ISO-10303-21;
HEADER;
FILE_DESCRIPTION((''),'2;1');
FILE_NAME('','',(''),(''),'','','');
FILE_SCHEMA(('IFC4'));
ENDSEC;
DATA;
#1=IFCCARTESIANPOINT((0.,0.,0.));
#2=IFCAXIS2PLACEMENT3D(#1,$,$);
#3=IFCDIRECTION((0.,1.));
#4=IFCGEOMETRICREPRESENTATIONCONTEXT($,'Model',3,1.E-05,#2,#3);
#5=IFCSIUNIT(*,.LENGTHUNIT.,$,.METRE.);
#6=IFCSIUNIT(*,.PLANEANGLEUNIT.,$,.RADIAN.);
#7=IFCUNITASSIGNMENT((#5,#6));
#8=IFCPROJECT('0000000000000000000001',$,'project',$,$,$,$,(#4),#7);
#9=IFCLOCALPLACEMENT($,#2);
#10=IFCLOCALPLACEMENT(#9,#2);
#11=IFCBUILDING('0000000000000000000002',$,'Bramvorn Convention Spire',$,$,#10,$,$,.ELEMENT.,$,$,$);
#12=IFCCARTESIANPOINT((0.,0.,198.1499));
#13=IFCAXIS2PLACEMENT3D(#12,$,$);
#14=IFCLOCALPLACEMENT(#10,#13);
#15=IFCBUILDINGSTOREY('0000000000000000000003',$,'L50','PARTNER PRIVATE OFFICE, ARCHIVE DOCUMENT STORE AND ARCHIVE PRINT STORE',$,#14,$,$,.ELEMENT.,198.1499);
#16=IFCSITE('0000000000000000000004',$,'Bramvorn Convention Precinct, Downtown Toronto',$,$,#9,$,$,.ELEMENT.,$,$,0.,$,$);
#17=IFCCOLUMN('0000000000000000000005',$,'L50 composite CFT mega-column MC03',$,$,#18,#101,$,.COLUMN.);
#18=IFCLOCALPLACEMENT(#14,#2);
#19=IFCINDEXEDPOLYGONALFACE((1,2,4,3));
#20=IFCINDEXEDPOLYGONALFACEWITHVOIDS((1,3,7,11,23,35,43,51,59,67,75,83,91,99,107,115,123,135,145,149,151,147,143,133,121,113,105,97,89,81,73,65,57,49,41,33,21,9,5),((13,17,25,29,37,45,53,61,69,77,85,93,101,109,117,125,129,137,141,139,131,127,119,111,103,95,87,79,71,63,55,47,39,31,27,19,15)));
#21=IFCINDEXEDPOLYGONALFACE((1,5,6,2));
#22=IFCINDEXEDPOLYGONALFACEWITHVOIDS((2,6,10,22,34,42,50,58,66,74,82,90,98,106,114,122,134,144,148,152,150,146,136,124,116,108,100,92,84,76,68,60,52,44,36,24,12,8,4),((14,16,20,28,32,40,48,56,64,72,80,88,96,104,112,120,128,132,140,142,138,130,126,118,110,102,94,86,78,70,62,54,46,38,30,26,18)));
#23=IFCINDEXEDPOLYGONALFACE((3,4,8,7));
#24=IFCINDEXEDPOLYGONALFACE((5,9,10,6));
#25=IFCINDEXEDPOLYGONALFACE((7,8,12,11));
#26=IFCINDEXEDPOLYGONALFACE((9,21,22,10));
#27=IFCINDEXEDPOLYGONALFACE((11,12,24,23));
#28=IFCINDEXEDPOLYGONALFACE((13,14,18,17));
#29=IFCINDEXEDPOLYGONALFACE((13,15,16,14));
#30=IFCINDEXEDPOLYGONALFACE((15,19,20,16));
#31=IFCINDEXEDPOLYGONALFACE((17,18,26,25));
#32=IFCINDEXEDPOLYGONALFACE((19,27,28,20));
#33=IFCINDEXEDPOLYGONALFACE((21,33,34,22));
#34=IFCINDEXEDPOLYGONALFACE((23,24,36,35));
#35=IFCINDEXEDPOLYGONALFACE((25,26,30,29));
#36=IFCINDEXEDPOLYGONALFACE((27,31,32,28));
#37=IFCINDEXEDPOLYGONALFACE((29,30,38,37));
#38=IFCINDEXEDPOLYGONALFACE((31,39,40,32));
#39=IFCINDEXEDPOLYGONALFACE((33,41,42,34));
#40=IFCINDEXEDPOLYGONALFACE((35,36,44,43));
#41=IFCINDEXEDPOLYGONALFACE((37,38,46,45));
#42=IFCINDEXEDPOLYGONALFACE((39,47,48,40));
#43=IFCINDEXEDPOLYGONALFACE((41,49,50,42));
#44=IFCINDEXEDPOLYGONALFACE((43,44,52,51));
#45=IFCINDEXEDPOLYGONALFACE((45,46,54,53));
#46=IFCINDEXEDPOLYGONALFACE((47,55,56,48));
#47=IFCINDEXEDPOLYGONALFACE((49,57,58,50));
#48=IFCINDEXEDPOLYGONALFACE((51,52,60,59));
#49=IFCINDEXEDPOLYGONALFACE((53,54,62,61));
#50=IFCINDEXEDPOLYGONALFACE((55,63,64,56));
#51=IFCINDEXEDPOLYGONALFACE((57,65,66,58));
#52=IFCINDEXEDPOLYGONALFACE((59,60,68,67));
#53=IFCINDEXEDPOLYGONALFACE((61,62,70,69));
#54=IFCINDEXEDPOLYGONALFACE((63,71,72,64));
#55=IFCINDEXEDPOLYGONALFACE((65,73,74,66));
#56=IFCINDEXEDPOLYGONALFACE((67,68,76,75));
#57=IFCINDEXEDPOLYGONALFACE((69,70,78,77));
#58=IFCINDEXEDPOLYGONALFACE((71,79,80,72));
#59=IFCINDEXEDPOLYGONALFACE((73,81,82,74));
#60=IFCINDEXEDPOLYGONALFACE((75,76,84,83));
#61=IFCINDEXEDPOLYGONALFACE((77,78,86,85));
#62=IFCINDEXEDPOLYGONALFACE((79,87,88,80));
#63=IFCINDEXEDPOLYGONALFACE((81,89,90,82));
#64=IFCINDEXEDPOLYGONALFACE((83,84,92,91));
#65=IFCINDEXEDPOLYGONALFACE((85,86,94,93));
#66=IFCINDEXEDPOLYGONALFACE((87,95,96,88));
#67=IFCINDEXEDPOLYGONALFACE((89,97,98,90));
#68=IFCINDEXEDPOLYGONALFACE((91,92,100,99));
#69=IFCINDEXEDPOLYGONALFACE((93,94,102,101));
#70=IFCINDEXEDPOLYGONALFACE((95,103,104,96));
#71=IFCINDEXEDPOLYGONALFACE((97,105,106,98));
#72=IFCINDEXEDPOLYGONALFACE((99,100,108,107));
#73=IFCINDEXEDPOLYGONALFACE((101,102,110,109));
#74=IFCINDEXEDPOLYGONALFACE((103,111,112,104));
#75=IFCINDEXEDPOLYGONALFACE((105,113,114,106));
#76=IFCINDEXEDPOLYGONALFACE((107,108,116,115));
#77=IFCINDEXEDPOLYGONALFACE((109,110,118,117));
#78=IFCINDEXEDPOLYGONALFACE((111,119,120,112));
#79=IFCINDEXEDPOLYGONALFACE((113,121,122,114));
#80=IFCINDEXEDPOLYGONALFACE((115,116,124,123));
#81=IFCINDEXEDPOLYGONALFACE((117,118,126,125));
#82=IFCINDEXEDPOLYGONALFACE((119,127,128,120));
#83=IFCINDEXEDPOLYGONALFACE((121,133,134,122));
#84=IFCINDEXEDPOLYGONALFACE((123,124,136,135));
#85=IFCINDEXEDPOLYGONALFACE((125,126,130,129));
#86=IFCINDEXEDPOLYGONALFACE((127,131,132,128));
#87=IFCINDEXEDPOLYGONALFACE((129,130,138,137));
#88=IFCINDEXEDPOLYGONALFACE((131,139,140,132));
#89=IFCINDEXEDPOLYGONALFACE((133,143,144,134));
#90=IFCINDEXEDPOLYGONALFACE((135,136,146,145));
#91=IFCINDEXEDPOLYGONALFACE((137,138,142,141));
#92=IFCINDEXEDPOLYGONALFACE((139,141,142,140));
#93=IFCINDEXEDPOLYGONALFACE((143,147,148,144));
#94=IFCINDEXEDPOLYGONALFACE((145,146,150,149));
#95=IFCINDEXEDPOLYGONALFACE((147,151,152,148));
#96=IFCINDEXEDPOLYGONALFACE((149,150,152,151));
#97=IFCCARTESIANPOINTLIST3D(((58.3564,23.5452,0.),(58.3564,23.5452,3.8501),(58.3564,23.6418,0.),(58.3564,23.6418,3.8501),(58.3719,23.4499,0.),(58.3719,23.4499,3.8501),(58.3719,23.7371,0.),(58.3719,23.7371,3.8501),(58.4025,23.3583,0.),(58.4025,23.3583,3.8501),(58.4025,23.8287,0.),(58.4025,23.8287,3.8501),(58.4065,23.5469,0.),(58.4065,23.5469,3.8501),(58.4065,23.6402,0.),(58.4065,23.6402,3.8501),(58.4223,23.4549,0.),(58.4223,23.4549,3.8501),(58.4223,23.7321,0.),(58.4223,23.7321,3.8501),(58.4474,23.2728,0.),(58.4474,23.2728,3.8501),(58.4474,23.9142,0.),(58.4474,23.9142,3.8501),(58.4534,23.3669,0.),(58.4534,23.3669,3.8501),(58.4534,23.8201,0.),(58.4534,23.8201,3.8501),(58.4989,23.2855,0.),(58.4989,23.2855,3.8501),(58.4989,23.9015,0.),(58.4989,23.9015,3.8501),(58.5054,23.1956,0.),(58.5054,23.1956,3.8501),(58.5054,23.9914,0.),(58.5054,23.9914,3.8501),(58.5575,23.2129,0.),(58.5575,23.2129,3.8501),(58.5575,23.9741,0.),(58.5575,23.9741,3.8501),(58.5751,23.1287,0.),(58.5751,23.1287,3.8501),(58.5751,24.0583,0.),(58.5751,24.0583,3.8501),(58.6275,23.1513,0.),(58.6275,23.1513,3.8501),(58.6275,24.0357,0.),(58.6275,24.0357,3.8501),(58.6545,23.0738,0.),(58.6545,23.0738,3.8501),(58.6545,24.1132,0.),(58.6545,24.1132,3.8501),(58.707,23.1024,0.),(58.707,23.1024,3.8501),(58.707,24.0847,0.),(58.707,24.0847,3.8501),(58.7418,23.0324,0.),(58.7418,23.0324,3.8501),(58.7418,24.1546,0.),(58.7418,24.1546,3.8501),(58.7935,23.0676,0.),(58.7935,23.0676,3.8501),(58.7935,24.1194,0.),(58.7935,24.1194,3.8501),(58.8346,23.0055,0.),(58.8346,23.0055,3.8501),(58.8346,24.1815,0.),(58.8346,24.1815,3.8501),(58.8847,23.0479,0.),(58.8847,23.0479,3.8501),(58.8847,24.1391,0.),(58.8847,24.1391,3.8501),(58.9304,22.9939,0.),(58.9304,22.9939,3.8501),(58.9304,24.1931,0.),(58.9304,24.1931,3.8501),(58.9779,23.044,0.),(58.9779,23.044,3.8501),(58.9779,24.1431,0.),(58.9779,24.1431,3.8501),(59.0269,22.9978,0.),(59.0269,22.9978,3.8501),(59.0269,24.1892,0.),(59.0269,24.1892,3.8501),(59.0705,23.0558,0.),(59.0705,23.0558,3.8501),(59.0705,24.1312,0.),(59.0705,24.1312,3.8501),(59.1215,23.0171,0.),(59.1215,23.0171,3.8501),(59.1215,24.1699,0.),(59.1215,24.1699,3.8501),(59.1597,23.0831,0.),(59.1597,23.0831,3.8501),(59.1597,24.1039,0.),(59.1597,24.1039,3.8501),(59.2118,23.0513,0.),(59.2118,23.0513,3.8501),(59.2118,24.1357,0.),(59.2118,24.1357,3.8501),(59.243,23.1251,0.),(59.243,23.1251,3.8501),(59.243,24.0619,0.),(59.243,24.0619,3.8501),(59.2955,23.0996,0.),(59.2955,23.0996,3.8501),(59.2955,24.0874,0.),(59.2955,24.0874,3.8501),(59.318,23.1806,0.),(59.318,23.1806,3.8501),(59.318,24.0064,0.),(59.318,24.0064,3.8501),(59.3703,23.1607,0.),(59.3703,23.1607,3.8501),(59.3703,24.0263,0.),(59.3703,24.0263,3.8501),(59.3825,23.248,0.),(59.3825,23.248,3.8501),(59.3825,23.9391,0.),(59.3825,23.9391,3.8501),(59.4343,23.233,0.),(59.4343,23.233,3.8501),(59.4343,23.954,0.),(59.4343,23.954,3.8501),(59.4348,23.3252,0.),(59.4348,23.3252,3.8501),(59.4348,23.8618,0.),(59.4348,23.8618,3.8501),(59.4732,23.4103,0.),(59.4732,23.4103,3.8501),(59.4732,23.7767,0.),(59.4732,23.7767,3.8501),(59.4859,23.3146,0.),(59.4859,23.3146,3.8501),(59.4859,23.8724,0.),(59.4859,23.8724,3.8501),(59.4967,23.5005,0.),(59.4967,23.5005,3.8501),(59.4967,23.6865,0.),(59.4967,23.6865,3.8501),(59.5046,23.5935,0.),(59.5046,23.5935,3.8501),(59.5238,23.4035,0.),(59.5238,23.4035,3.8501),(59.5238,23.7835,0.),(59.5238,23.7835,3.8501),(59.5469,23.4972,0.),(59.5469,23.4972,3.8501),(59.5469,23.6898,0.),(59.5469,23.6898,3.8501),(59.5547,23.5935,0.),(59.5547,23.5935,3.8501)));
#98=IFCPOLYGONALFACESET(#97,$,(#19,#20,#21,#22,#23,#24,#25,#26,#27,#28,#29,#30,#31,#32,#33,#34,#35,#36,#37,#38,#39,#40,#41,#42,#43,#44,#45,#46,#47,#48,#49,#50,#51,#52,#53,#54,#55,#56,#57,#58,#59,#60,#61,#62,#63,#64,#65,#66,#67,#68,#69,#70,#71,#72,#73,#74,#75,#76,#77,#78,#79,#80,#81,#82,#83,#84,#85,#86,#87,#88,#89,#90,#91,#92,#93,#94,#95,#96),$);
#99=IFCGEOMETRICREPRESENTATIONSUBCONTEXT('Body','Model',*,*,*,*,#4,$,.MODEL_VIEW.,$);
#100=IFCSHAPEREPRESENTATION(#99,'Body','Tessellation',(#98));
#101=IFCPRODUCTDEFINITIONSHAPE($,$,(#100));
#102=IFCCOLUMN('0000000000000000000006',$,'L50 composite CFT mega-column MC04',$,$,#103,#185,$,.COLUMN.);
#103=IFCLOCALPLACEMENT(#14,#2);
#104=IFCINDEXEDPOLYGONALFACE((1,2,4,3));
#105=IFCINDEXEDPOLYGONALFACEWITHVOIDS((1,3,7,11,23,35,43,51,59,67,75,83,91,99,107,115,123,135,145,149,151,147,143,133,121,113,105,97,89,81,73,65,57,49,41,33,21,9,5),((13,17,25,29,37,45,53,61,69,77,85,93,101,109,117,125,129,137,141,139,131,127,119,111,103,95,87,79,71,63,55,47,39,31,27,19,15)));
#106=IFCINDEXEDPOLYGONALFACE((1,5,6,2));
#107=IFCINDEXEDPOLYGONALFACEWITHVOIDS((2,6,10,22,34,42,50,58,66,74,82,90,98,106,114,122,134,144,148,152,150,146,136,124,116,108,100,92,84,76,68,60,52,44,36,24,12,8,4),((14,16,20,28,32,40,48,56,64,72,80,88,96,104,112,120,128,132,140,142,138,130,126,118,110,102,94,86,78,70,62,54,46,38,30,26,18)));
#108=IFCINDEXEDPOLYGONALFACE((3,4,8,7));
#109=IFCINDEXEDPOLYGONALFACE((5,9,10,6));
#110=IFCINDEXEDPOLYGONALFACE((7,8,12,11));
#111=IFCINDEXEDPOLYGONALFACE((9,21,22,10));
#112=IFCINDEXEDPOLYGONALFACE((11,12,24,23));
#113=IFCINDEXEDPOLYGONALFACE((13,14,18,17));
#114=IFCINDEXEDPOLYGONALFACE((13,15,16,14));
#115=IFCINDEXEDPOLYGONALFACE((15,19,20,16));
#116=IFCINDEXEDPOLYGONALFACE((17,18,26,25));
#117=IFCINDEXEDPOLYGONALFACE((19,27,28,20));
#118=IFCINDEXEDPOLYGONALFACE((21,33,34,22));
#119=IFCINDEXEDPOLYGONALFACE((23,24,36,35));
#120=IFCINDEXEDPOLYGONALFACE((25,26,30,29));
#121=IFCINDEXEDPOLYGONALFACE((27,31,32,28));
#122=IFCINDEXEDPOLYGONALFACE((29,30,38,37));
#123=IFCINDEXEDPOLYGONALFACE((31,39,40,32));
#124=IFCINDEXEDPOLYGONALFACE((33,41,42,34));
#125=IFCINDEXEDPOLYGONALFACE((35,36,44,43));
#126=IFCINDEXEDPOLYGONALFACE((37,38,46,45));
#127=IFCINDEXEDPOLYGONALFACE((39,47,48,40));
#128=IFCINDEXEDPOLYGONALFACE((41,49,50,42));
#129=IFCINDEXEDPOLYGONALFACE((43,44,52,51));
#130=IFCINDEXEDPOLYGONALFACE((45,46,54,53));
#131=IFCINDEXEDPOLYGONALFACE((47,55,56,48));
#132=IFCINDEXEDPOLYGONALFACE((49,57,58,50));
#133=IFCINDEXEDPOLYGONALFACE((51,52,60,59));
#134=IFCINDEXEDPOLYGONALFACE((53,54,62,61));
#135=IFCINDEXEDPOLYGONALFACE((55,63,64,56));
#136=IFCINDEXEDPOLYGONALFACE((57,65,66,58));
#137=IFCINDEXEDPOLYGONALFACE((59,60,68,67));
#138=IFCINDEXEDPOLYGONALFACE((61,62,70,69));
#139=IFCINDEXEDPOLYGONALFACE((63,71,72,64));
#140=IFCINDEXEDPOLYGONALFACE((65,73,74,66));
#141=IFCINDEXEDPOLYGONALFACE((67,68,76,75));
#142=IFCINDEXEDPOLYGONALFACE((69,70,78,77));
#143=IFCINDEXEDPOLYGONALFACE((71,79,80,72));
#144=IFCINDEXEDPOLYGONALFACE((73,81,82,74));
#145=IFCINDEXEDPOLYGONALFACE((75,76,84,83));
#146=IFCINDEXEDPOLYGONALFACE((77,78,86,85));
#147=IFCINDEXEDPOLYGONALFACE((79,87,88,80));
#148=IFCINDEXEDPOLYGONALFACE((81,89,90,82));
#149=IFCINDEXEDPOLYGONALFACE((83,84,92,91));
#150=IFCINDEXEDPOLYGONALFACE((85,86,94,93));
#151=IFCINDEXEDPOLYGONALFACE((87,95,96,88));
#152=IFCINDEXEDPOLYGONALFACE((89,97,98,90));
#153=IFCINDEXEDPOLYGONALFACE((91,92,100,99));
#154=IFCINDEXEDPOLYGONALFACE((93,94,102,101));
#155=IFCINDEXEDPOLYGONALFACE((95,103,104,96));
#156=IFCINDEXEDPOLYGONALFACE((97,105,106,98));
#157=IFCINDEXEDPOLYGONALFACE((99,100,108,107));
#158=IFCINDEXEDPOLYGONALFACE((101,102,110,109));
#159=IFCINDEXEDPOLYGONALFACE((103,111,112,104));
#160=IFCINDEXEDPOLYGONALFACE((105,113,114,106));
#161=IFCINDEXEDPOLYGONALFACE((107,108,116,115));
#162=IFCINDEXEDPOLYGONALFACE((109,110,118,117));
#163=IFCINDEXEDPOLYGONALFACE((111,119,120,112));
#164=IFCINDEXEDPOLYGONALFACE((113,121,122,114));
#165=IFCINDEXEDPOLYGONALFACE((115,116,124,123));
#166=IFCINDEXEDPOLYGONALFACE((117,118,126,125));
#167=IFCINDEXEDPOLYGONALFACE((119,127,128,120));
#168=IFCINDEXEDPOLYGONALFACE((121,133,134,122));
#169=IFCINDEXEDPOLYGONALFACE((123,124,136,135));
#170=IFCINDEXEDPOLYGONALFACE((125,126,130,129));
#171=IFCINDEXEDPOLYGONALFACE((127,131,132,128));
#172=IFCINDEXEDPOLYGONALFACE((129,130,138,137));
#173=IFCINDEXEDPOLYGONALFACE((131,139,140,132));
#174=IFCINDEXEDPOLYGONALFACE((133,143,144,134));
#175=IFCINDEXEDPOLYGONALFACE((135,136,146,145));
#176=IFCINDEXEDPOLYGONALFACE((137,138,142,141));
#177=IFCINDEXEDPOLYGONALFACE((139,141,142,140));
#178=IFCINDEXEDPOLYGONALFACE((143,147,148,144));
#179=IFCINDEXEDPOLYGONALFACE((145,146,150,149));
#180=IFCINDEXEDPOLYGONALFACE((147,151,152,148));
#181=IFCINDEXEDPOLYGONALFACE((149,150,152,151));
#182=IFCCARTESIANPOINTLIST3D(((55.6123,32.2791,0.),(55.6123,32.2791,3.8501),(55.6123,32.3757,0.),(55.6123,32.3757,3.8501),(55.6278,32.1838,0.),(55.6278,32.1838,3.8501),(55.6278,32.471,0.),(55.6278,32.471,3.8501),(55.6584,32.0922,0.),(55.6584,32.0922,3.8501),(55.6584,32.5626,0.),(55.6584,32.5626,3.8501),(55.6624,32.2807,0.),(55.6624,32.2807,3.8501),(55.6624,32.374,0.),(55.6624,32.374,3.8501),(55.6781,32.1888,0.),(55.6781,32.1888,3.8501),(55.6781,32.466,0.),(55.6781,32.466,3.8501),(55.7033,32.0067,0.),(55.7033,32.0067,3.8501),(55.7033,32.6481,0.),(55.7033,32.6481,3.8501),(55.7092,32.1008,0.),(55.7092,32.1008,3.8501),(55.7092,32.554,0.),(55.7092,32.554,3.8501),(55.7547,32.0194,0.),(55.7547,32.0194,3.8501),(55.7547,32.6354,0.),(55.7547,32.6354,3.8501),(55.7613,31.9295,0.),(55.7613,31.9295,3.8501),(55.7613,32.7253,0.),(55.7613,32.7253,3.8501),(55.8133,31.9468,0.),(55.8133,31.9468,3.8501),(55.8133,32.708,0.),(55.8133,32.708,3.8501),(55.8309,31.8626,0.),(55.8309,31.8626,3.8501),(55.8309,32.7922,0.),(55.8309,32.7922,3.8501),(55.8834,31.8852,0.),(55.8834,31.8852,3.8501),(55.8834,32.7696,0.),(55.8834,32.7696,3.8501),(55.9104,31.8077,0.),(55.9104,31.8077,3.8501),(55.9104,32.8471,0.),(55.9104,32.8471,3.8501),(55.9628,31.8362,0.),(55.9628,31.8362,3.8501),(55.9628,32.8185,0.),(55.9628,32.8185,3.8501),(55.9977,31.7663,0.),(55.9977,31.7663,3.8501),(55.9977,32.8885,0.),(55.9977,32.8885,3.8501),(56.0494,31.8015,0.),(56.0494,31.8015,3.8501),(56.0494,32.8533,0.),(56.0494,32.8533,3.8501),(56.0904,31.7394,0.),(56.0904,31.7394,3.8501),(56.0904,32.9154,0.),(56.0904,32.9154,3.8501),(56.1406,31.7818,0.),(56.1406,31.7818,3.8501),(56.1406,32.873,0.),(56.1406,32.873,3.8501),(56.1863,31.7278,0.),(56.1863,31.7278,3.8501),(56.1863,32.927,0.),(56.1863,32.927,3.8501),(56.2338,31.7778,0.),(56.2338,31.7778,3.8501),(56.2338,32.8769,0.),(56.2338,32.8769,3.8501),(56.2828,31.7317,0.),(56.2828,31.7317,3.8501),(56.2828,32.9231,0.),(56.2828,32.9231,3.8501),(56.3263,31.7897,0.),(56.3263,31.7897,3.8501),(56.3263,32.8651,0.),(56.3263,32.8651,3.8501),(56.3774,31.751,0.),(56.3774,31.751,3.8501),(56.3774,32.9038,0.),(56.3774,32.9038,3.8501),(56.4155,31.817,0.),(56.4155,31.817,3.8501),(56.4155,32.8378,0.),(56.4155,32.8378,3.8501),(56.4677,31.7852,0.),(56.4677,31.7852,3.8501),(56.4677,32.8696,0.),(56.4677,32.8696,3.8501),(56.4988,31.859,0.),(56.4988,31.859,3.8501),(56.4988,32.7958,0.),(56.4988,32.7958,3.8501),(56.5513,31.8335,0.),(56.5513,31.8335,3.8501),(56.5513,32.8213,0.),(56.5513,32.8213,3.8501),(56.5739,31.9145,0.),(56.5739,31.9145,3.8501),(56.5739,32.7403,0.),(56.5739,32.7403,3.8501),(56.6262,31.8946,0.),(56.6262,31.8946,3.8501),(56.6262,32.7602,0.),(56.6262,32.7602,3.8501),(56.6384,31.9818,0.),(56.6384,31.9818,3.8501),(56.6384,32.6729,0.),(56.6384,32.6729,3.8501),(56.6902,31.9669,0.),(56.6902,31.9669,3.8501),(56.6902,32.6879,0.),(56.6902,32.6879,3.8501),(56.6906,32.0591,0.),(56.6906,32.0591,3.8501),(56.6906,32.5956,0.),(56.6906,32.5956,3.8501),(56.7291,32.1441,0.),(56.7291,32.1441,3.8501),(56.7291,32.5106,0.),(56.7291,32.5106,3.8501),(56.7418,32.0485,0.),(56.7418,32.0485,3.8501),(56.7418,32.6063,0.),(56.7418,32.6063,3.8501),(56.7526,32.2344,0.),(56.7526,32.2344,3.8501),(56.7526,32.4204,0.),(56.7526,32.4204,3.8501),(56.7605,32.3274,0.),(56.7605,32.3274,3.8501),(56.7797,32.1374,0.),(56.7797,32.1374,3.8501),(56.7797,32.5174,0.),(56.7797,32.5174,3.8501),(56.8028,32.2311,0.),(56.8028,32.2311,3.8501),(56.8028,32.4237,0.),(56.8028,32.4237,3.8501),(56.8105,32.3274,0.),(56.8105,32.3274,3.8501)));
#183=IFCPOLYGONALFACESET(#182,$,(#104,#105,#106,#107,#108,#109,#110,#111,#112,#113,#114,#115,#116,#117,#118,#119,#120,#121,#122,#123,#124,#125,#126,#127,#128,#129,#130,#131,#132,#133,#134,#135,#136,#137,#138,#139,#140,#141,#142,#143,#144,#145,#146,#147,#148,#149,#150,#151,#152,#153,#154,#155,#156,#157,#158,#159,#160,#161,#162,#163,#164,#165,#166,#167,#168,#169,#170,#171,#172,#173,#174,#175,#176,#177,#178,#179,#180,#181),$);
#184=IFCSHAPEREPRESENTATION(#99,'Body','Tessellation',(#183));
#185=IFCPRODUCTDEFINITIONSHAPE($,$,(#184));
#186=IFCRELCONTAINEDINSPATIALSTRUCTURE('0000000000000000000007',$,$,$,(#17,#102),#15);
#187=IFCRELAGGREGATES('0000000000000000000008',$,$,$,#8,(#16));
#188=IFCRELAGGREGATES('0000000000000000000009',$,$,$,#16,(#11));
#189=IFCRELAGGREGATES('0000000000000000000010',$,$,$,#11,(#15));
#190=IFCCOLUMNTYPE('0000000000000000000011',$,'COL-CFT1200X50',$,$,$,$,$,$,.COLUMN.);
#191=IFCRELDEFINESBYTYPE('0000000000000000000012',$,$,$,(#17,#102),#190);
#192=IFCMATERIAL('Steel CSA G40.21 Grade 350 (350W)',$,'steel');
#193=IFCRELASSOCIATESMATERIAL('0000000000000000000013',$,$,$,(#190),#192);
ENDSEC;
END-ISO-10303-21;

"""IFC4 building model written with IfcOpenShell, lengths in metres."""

from ifc_helpers import new_model, si_unit, direction, frame, origin, origin_2d, place, context, subcontext, project, spatial, hollow_circle, extrude, material, material_profile, profile_set, type_object, element, save


model = new_model("IFC4")

# Units and contexts
model_context = context("Model", 3, precision=1e-05, world=origin(), true_north=direction((0.0, 1.0)))
body_context = subcontext(model_context, "Body", "Model", "MODEL_VIEW")
ifc_project = project(units=[si_unit("LENGTHUNIT", "METRE"), si_unit("PLANEANGLEUNIT", "RADIAN")], contexts=[model_context])

# Site, building, storey
site_placement = place(None, origin())
site = spatial("IfcSite", under=ifc_project, at=site_placement, Name="Bramvorn Convention Precinct, Downtown Toronto", CompositionType="ELEMENT", RefElevation=0.0)
building_placement = place(site_placement, origin())
building = spatial("IfcBuilding", under=site, at=building_placement, Name="Bramvorn Convention Spire", CompositionType="ELEMENT")
storey_placement = place(building_placement, frame((0.0, 0.0, 198.1499)))
storey = spatial("IfcBuildingStorey", under=building, at=storey_placement, Name="L50", Description="PARTNER PRIVATE OFFICE, ARCHIVE DOCUMENT STORE AND ARCHIVE PRINT STORE", CompositionType="ELEMENT", Elevation=198.1499)

# Columns
ifc_material_1 = material(Name="Steel CSA G40.21 Grade 350 (350W)", Category="steel")
ifc_material_profile_1 = material_profile(ifc_material_1, hollow_circle(Radius=0.6001, WallThickness=0.05, at=origin_2d()))
ifc_profile_set_1 = profile_set([ifc_material_profile_1], Name="Steel CSA G40.21 Grade 350 (350W) - CFT1200X50")
column_type = type_object("IfcColumnType", Name="COL-CFT1200X50", PredefinedType="COLUMN", material=ifc_profile_set_1)
for number, where, z_axis, x_axis, name in (
    (1, (58.9546, 23.5935, 0.0), (0.0, 0.0, 1.0), (1.0, 0.0, 0.0), "L50 composite CFT mega-column MC03"),
    (2, (56.2104, 32.3274, 0.0), (0.0, 0.0, 1.0), (1.0, 0.0, 0.0), "L50 composite CFT mega-column MC04"),
):
    element("IfcColumn", number, at=place(storey_placement, frame(where, z_axis=z_axis, x_axis=x_axis)), inside=storey, type_object=column_type, Name=name, PredefinedType="COLUMN", context=body_context, shape_type="SweptSolid", body=[
        extrude(hollow_circle(Radius=0.6001, WallThickness=0.05, at=origin_2d()), origin(), (0.0, 0.0, 1.0), 3.8501),
    ])

save(model, "model.ifc")
